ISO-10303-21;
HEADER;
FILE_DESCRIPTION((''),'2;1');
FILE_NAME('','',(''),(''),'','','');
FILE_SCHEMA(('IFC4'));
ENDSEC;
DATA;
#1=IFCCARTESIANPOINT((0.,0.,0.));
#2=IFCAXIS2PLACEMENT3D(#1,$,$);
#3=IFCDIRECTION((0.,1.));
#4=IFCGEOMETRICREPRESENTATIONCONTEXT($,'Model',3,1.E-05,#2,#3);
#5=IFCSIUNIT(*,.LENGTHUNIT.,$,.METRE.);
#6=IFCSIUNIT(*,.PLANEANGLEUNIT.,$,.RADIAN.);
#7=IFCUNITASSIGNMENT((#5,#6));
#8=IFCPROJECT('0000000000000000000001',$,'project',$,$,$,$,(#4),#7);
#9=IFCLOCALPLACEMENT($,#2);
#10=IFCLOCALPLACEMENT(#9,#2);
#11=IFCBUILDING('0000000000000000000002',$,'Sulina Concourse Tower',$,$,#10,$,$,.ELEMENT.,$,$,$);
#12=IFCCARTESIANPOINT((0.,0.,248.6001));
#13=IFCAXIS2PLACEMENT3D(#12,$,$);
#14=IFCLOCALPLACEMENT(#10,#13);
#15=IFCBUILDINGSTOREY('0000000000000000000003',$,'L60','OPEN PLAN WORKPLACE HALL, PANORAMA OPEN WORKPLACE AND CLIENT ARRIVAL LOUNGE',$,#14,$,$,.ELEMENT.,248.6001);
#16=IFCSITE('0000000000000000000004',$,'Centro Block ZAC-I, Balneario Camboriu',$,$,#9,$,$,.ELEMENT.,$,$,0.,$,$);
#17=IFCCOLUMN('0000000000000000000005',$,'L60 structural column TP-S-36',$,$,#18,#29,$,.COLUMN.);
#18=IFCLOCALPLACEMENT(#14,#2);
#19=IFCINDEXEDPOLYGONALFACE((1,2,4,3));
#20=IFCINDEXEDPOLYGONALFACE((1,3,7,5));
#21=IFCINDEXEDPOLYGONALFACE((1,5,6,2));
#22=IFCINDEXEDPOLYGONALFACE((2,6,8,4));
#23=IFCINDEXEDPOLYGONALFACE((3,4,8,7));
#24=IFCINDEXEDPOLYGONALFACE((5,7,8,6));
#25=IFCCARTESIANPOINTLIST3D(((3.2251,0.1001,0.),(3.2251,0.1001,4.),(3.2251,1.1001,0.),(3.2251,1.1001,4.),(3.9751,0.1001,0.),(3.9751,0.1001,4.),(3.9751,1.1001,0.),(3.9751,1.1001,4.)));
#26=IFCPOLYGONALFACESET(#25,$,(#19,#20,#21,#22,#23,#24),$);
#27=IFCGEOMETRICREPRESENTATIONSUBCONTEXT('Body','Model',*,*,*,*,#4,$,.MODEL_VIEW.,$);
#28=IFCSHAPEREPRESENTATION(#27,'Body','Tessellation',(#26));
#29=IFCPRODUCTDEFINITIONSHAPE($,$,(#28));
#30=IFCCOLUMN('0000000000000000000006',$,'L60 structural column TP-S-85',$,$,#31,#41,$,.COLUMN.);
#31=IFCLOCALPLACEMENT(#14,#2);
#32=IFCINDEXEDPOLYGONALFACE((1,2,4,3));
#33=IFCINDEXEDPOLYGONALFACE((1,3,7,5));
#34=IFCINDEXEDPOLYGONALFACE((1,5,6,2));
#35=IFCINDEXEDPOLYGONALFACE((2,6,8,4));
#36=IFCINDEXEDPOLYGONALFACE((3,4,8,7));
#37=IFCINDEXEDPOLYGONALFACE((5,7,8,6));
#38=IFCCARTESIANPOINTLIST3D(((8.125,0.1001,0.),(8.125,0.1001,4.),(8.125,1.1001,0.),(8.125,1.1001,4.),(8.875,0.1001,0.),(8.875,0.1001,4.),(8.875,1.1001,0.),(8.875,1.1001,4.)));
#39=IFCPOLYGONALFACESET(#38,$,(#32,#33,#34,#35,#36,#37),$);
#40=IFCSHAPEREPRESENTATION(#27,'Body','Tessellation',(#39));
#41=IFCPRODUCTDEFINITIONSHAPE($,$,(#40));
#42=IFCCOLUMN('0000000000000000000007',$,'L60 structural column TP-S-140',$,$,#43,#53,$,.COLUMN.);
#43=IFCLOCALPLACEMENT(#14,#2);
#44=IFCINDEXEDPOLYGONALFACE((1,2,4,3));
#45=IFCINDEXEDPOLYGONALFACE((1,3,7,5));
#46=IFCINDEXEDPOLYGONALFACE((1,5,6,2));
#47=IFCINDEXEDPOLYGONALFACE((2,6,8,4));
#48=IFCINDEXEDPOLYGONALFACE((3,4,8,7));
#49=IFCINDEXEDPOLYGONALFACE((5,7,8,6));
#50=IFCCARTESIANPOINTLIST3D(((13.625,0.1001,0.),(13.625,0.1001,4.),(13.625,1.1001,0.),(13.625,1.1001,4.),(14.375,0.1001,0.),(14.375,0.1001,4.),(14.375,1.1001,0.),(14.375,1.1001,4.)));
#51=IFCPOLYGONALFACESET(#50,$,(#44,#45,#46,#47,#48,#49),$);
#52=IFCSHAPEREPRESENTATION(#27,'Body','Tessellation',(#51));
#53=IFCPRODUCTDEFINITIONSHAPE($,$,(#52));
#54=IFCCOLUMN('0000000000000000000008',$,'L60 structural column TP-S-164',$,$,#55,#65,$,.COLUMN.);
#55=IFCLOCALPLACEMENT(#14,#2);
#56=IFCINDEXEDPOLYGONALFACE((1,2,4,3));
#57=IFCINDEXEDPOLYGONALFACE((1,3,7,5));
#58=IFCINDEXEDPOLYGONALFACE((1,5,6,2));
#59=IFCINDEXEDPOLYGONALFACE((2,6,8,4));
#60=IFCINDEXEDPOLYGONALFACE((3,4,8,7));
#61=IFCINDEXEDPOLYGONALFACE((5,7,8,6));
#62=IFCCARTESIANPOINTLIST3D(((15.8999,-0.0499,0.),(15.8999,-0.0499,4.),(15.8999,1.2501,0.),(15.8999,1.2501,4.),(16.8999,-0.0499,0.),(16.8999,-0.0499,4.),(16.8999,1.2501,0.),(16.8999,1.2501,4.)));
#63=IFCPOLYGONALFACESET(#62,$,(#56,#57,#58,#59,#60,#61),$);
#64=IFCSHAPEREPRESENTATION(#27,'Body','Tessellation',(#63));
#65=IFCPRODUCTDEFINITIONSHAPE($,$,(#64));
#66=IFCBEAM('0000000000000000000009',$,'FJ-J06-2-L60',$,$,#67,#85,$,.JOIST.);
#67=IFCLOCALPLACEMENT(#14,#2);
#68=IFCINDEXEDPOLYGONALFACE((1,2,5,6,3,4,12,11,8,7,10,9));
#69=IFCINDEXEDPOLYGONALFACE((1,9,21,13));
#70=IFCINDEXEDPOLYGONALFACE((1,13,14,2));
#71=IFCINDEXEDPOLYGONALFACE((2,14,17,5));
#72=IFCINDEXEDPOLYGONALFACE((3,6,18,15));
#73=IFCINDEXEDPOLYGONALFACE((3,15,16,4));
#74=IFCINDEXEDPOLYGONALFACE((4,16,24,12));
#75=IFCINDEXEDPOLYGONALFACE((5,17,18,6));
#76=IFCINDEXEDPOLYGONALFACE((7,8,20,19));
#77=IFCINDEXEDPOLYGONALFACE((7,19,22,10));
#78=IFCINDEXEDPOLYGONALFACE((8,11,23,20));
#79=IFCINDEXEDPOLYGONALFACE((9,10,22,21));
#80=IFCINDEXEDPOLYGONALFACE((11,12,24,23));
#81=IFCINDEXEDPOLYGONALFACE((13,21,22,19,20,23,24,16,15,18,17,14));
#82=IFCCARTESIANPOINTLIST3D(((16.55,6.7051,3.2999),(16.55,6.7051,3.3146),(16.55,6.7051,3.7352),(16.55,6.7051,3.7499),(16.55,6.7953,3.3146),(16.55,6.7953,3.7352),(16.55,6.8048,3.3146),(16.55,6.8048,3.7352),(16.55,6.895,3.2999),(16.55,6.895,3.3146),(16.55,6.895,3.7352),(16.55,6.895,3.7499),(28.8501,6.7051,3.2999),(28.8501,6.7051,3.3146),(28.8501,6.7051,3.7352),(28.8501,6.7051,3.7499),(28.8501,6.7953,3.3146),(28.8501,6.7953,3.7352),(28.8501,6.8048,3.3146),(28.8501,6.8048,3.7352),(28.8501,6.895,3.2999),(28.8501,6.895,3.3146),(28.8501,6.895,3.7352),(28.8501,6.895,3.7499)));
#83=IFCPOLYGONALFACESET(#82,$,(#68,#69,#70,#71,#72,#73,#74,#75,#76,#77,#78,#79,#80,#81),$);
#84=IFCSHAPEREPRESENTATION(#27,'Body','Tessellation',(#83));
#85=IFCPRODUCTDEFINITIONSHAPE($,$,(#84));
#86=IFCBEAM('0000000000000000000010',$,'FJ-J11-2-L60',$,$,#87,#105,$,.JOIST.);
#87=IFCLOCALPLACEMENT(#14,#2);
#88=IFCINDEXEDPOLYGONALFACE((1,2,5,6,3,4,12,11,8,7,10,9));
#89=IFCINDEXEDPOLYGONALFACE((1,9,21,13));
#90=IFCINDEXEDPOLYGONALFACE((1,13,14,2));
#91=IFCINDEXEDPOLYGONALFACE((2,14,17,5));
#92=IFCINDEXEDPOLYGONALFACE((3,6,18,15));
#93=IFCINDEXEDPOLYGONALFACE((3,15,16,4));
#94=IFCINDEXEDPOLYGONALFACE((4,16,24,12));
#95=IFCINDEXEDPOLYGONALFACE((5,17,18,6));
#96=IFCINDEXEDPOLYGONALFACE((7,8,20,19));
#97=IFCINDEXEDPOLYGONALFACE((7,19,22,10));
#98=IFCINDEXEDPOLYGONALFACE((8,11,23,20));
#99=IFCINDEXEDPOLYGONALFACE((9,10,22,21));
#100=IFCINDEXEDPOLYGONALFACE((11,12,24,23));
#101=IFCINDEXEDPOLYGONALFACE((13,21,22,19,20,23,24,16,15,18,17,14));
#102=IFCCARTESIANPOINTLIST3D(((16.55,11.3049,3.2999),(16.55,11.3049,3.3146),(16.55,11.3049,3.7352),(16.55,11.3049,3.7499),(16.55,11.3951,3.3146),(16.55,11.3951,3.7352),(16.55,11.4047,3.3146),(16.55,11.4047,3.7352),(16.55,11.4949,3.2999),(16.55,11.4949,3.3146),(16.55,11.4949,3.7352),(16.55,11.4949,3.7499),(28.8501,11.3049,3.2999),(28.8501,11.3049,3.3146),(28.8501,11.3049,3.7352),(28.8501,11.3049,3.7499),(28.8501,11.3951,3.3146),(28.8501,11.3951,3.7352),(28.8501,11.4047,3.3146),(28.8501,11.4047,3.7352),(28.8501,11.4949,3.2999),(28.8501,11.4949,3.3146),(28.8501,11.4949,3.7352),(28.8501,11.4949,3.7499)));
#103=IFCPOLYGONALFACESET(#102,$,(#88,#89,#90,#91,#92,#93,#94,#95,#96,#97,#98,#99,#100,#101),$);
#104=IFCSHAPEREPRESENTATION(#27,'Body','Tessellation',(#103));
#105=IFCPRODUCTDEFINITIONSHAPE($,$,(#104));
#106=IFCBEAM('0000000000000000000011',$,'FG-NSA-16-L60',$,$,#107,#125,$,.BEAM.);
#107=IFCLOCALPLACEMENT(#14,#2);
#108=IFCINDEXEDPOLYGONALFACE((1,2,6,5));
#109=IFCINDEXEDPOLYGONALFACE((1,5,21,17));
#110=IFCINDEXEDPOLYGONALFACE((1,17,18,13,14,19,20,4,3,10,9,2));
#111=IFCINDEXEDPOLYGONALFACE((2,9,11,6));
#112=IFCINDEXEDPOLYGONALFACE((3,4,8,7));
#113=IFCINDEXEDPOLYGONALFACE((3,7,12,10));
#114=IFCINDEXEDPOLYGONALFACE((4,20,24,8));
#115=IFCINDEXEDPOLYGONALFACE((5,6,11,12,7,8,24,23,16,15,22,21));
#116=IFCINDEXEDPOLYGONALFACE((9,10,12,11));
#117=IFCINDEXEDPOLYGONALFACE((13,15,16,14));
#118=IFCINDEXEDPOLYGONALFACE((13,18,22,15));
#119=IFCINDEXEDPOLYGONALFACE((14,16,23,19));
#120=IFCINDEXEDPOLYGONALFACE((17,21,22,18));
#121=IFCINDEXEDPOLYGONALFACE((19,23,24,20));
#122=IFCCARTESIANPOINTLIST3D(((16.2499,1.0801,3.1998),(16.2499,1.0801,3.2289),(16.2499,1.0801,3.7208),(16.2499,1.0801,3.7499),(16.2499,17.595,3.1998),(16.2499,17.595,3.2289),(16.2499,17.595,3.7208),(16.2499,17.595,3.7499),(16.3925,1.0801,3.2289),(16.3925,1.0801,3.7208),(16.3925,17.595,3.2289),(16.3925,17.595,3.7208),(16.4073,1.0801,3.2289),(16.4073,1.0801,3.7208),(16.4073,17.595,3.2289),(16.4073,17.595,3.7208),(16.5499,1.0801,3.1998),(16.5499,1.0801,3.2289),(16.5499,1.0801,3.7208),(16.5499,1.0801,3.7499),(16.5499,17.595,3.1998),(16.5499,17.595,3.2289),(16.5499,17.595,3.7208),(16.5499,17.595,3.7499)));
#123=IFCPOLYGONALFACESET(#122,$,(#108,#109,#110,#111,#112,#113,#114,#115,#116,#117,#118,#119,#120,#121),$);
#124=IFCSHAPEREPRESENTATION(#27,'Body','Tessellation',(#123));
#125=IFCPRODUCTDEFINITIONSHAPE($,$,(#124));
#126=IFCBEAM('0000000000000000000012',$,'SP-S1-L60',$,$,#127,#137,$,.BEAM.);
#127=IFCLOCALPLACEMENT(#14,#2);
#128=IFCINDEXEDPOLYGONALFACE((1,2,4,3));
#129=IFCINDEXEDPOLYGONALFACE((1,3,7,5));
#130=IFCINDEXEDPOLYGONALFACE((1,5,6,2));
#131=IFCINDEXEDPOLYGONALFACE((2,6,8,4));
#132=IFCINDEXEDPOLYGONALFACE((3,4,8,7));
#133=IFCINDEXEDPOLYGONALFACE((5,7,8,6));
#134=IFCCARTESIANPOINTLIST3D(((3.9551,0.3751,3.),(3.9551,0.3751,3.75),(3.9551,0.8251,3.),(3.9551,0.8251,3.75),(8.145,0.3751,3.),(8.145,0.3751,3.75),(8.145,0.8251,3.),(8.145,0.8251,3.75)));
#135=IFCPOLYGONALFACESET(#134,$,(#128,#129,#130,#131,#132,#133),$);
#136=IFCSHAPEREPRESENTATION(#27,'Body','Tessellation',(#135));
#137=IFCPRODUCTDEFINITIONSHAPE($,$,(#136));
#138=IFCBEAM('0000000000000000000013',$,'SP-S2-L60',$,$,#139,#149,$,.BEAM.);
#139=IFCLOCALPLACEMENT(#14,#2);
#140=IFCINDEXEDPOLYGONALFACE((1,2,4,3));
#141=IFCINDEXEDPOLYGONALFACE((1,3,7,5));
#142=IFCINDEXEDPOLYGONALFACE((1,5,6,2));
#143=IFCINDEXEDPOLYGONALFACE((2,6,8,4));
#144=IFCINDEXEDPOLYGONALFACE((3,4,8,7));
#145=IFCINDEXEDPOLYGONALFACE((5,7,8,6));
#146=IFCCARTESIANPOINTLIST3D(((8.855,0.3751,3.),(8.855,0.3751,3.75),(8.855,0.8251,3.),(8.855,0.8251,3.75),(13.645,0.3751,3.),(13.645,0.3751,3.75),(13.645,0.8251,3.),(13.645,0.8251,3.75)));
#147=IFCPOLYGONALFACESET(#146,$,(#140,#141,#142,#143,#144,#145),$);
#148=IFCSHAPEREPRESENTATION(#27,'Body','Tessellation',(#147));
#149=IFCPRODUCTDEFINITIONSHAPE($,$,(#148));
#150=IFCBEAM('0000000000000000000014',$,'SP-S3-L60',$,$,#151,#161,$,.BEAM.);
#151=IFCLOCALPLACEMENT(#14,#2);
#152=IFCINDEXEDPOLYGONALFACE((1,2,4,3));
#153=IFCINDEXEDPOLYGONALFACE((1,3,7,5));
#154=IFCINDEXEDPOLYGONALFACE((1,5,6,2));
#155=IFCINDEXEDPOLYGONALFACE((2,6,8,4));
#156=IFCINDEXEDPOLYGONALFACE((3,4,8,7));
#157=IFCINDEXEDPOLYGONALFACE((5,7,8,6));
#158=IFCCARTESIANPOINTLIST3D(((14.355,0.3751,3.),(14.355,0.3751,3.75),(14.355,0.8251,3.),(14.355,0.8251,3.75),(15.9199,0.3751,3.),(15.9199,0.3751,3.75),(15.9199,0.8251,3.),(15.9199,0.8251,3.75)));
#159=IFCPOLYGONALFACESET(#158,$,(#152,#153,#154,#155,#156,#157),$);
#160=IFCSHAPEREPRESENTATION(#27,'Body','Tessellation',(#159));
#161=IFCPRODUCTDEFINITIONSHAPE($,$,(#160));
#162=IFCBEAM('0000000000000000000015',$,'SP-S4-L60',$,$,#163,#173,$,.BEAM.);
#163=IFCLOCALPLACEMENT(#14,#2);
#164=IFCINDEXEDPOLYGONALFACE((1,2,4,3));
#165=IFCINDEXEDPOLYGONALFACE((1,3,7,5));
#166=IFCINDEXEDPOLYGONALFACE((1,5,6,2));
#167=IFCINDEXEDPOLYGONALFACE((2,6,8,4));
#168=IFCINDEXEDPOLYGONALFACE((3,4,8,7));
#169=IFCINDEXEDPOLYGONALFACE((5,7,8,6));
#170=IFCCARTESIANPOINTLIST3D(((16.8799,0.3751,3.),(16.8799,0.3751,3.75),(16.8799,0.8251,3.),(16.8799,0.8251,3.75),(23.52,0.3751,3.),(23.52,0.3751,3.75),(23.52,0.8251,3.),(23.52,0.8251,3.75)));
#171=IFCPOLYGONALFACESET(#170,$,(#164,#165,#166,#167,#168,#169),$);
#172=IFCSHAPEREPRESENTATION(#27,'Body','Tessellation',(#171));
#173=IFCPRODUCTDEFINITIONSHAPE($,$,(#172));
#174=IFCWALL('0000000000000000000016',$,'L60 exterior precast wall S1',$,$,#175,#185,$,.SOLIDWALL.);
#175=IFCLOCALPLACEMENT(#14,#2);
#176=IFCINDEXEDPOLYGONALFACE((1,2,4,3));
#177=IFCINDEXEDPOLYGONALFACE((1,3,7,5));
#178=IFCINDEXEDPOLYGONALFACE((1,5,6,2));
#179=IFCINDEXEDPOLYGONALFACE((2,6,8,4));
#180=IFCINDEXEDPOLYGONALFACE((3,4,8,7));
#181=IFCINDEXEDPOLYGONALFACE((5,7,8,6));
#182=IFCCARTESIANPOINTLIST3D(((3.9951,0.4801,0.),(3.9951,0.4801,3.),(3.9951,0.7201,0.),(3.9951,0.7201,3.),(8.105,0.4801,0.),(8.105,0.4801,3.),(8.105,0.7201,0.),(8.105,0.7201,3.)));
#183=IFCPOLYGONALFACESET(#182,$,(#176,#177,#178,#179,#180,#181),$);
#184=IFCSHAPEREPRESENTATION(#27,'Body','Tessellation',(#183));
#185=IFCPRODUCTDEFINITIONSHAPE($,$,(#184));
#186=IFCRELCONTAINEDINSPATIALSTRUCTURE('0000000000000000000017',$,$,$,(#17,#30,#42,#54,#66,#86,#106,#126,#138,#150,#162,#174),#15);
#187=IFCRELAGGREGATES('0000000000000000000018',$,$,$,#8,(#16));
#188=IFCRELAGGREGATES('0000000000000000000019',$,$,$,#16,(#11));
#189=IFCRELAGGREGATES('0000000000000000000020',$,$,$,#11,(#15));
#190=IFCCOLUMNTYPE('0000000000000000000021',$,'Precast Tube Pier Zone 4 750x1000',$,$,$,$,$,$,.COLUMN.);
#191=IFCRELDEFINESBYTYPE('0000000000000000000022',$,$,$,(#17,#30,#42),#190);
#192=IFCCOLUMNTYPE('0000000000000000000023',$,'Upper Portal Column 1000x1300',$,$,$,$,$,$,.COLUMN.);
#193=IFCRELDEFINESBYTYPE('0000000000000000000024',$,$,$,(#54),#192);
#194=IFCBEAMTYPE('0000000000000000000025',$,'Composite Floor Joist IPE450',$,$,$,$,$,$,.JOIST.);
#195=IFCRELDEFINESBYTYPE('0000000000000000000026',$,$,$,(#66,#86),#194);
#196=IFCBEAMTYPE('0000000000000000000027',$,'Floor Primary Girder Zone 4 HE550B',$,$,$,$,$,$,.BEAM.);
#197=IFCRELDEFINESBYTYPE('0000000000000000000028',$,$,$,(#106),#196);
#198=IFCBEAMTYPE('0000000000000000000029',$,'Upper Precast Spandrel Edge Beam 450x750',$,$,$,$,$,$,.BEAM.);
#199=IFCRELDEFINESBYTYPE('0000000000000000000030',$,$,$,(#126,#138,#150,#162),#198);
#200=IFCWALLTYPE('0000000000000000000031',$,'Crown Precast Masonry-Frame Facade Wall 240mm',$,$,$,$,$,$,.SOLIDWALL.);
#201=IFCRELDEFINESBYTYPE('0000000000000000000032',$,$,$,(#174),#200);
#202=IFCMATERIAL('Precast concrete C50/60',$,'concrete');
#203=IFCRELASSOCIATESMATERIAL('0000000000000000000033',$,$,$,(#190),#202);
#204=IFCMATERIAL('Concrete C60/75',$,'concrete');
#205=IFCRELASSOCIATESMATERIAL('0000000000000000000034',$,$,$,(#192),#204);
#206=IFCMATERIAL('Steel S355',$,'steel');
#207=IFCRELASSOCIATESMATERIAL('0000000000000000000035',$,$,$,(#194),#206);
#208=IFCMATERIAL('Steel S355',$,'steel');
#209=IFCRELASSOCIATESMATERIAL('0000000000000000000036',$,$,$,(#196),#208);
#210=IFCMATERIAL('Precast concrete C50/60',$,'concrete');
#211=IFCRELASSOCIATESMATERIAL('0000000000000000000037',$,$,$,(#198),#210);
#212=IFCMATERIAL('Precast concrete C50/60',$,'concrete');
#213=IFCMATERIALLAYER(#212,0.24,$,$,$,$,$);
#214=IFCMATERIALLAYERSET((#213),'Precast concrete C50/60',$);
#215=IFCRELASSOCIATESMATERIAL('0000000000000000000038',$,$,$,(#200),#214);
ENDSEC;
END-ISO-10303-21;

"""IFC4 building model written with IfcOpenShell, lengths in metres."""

from ifc_helpers import new_model, si_unit, direction, frame, frame_2d, origin, origin_2d, place, context, subcontext, project, spatial, rectangle, i_section, extrude, material, layer, layer_set, material_profile, profile_set, type_object, element, save


model = new_model("IFC4")

# Units and contexts
model_context = context("Model", 3, precision=1e-05, world=origin(), true_north=direction((0.0, 1.0)))
body_context = subcontext(model_context, "Body", "Model", "MODEL_VIEW")
ifc_project = project(units=[si_unit("LENGTHUNIT", "METRE"), si_unit("PLANEANGLEUNIT", "RADIAN")], contexts=[model_context])

# Site, building, storey
site_placement = place(None, origin())
site = spatial("IfcSite", under=ifc_project, at=site_placement, Name="Centro Block ZAC-I, Balneario Camboriu", CompositionType="ELEMENT", RefElevation=0.0)
building_placement = place(site_placement, origin())
building = spatial("IfcBuilding", under=site, at=building_placement, Name="Sulina Concourse Tower", CompositionType="ELEMENT")
storey_placement = place(building_placement, frame((0.0, 0.0, 248.6001)))
storey = spatial("IfcBuildingStorey", under=building, at=storey_placement, Name="L60", Description="OPEN PLAN WORKPLACE HALL, PANORAMA OPEN WORKPLACE AND CLIENT ARRIVAL LOUNGE", CompositionType="ELEMENT", Elevation=248.6001)

# Columns
ifc_material_1 = material(Name="Precast concrete C50/60", Category="concrete")
ifc_material_profile_1 = material_profile(ifc_material_1, rectangle(XDim=0.75, YDim=1.0, at=origin_2d()), Name="PC 750x1000")
ifc_profile_set_1 = profile_set([ifc_material_profile_1], Name="Precast concrete C50/60")
column_type_1 = type_object("IfcColumnType", Name="Precast Tube Pier Zone 4 750x1000", PredefinedType="COLUMN", material=ifc_profile_set_1)
for number, where, z_axis, x_axis, name in (
    (1, (3.6001, 0.6001, 0.0), (0.0, 0.0, 1.0), (1.0, 0.0, 0.0), "L60 structural column TP-S-36"),
    (2, (8.5, 0.6001, 0.0), (0.0, 0.0, 1.0), (1.0, 0.0, 0.0), "L60 structural column TP-S-85"),
    (3, (14.0, 0.6001, 0.0), (0.0, 0.0, 1.0), (1.0, 0.0, 0.0), "L60 structural column TP-S-140"),
):
    element("IfcColumn", number, at=place(storey_placement, frame(where, z_axis=z_axis, x_axis=x_axis)), inside=storey, type_object=column_type_1, Name=name, PredefinedType="COLUMN", context=body_context, shape_type="SweptSolid", body=[
        extrude(rectangle(XDim=0.75, YDim=1.0, at=origin_2d()), origin(), (0.0, 0.0, 1.0), 4.0),
    ])
ifc_material_2 = material(Name="Concrete C60/75", Category="concrete")
ifc_material_profile_2 = material_profile(ifc_material_2, rectangle(XDim=1.0, YDim=1.3, at=origin_2d()), Name="RC 1000x1300")
ifc_profile_set_2 = profile_set([ifc_material_profile_2], Name="Concrete C60/75")
column_type_2 = type_object("IfcColumnType", Name="Upper Portal Column 1000x1300", PredefinedType="COLUMN", material=ifc_profile_set_2)
column_placement = place(storey_placement, frame((16.3999, 0.6001, 0.0), z_axis=(0.0, 0.0, 1.0), x_axis=(1.0, 0.0, 0.0)))
element("IfcColumn", 4, at=column_placement, inside=storey, type_object=column_type_2, Name="L60 structural column TP-S-164", PredefinedType="COLUMN", context=body_context, shape_type="SweptSolid", body=[
    extrude(rectangle(XDim=1.0, YDim=1.3, at=origin_2d()), origin(), (0.0, 0.0, 1.0), 4.0),
])

# Beams
ifc_material_3 = material(Name="Steel S355", Category="steel")
ifc_material_profile_3 = material_profile(ifc_material_3, i_section(OverallWidth=0.1899, OverallDepth=0.45, WebThickness=0.0095, FlangeThickness=0.0146, at=origin_2d()), Name="IPE 450")
ifc_profile_set_3 = profile_set([ifc_material_profile_3], Name="Steel S355")
beam_type_1 = type_object("IfcBeamType", Name="Composite Floor Joist IPE450", PredefinedType="JOIST", material=ifc_profile_set_3)
for number, where, z_axis, x_axis, name in (
    (5, (16.55, 6.8, 3.5249), (1.0, 0.0, 0.0), (0.0, 1.0, 0.0), "FJ-J06-2-L60"),
    (6, (16.55, 11.3999, 3.5249), (1.0, 0.0, 0.0), (0.0, 1.0, 0.0), "FJ-J11-2-L60"),
):
    element("IfcBeam", number, at=place(storey_placement, frame(where, z_axis=z_axis, x_axis=x_axis)), inside=storey, type_object=beam_type_1, Name=name, PredefinedType="JOIST", context=body_context, shape_type="SweptSolid", body=[
        extrude(i_section(OverallWidth=0.1899, OverallDepth=0.45, WebThickness=0.0095, FlangeThickness=0.0146, at=origin_2d()), origin(), (0.0, 0.0, 1.0), 12.3),
    ])
ifc_material_4 = material(Name="Steel S355", Category="steel")
ifc_material_profile_4 = material_profile(ifc_material_4, i_section(OverallWidth=0.3, OverallDepth=0.55, WebThickness=0.0149, FlangeThickness=0.0291, at=origin_2d()), Name="HE 550 B")
ifc_profile_set_4 = profile_set([ifc_material_profile_4], Name="Steel S355")
beam_type_2 = type_object("IfcBeamType", Name="Floor Primary Girder Zone 4 HE550B", PredefinedType="BEAM", material=ifc_profile_set_4)
beam_1_placement = place(storey_placement, frame((16.3999, 1.0801, 3.4749), z_axis=(0.0, 1.0, 0.0), x_axis=(-1.0, 0.0, 0.0)))
element("IfcBeam", 7, at=beam_1_placement, inside=storey, type_object=beam_type_2, Name="FG-NSA-16-L60", PredefinedType="BEAM", context=body_context, shape_type="SweptSolid", body=[
    extrude(i_section(OverallWidth=0.3, OverallDepth=0.55, WebThickness=0.0149, FlangeThickness=0.0291, at=origin_2d()), origin(), (0.0, 0.0, 1.0), 16.5149),
])
ifc_material_5 = material(Name="Precast concrete C50/60", Category="concrete")
ifc_material_profile_5 = material_profile(ifc_material_5, rectangle(XDim=0.45, YDim=0.75, at=origin_2d()), Name="RC 450x750")
ifc_profile_set_5 = profile_set([ifc_material_profile_5], Name="Precast concrete C50/60")
beam_type_3 = type_object("IfcBeamType", Name="Upper Precast Spandrel Edge Beam 450x750", PredefinedType="BEAM", material=ifc_profile_set_5)
beam_2_placement = place(storey_placement, frame((3.9551, 0.6001, 3.375), z_axis=(1.0, 0.0, 0.0), x_axis=(0.0, 1.0, 0.0)))
element("IfcBeam", 8, at=beam_2_placement, inside=storey, type_object=beam_type_3, Name="SP-S1-L60", PredefinedType="BEAM", context=body_context, shape_type="SweptSolid", body=[
    extrude(rectangle(XDim=0.45, YDim=0.75, at=origin_2d()), origin(), (0.0, 0.0, 1.0), 4.1899),
])
beam_3_placement = place(storey_placement, frame((8.855, 0.6001, 3.375), z_axis=(1.0, 0.0, 0.0), x_axis=(0.0, 1.0, 0.0)))
element("IfcBeam", 9, at=beam_3_placement, inside=storey, type_object=beam_type_3, Name="SP-S2-L60", PredefinedType="BEAM", context=body_context, shape_type="SweptSolid", body=[
    extrude(rectangle(XDim=0.45, YDim=0.75, at=origin_2d()), origin(), (0.0, 0.0, 1.0), 4.79),
])
beam_4_placement = place(storey_placement, frame((14.355, 0.6001, 3.375), z_axis=(1.0, 0.0, 0.0), x_axis=(0.0, 1.0, 0.0)))
element("IfcBeam", 10, at=beam_4_placement, inside=storey, type_object=beam_type_3, Name="SP-S3-L60", PredefinedType="BEAM", context=body_context, shape_type="SweptSolid", body=[
    extrude(rectangle(XDim=0.45, YDim=0.75, at=origin_2d()), origin(), (0.0, 0.0, 1.0), 1.5649),
])
beam_5_placement = place(storey_placement, frame((16.8799, 0.6001, 3.375), z_axis=(1.0, 0.0, 0.0), x_axis=(0.0, 1.0, 0.0)))
element("IfcBeam", 11, at=beam_5_placement, inside=storey, type_object=beam_type_3, Name="SP-S4-L60", PredefinedType="BEAM", context=body_context, shape_type="SweptSolid", body=[
    extrude(rectangle(XDim=0.45, YDim=0.75, at=origin_2d()), origin(), (0.0, 0.0, 1.0), 6.6401),
])

# Wall
ifc_material_6 = material(Name="Precast concrete C50/60", Category="concrete")
ifc_layer_1 = layer(ifc_material_6, 0.24)
ifc_layer_set_1 = layer_set([ifc_layer_1], Name="Precast concrete C50/60")
wall_type_1 = type_object("IfcWallType", Name="Crown Precast Masonry-Frame Facade Wall 240mm", PredefinedType="SOLIDWALL", material=ifc_layer_set_1)
wall_1_placement = place(storey_placement, frame((8.105, 0.6001, 0.0), z_axis=(0.0, 0.0, 1.0), x_axis=(-1.0, 0.0, 0.0)))
element("IfcWall", 12, at=wall_1_placement, inside=storey, type_object=wall_type_1, Name="L60 exterior precast wall S1", PredefinedType="SOLIDWALL", context=body_context, shape_type="SweptSolid", body=[
    extrude(rectangle(XDim=4.1099, YDim=0.24, at=frame_2d((2.0549, 0.0))), origin(), (0.0, 0.0, 1.0), 3.0),
])

save(model, "model.ifc")
